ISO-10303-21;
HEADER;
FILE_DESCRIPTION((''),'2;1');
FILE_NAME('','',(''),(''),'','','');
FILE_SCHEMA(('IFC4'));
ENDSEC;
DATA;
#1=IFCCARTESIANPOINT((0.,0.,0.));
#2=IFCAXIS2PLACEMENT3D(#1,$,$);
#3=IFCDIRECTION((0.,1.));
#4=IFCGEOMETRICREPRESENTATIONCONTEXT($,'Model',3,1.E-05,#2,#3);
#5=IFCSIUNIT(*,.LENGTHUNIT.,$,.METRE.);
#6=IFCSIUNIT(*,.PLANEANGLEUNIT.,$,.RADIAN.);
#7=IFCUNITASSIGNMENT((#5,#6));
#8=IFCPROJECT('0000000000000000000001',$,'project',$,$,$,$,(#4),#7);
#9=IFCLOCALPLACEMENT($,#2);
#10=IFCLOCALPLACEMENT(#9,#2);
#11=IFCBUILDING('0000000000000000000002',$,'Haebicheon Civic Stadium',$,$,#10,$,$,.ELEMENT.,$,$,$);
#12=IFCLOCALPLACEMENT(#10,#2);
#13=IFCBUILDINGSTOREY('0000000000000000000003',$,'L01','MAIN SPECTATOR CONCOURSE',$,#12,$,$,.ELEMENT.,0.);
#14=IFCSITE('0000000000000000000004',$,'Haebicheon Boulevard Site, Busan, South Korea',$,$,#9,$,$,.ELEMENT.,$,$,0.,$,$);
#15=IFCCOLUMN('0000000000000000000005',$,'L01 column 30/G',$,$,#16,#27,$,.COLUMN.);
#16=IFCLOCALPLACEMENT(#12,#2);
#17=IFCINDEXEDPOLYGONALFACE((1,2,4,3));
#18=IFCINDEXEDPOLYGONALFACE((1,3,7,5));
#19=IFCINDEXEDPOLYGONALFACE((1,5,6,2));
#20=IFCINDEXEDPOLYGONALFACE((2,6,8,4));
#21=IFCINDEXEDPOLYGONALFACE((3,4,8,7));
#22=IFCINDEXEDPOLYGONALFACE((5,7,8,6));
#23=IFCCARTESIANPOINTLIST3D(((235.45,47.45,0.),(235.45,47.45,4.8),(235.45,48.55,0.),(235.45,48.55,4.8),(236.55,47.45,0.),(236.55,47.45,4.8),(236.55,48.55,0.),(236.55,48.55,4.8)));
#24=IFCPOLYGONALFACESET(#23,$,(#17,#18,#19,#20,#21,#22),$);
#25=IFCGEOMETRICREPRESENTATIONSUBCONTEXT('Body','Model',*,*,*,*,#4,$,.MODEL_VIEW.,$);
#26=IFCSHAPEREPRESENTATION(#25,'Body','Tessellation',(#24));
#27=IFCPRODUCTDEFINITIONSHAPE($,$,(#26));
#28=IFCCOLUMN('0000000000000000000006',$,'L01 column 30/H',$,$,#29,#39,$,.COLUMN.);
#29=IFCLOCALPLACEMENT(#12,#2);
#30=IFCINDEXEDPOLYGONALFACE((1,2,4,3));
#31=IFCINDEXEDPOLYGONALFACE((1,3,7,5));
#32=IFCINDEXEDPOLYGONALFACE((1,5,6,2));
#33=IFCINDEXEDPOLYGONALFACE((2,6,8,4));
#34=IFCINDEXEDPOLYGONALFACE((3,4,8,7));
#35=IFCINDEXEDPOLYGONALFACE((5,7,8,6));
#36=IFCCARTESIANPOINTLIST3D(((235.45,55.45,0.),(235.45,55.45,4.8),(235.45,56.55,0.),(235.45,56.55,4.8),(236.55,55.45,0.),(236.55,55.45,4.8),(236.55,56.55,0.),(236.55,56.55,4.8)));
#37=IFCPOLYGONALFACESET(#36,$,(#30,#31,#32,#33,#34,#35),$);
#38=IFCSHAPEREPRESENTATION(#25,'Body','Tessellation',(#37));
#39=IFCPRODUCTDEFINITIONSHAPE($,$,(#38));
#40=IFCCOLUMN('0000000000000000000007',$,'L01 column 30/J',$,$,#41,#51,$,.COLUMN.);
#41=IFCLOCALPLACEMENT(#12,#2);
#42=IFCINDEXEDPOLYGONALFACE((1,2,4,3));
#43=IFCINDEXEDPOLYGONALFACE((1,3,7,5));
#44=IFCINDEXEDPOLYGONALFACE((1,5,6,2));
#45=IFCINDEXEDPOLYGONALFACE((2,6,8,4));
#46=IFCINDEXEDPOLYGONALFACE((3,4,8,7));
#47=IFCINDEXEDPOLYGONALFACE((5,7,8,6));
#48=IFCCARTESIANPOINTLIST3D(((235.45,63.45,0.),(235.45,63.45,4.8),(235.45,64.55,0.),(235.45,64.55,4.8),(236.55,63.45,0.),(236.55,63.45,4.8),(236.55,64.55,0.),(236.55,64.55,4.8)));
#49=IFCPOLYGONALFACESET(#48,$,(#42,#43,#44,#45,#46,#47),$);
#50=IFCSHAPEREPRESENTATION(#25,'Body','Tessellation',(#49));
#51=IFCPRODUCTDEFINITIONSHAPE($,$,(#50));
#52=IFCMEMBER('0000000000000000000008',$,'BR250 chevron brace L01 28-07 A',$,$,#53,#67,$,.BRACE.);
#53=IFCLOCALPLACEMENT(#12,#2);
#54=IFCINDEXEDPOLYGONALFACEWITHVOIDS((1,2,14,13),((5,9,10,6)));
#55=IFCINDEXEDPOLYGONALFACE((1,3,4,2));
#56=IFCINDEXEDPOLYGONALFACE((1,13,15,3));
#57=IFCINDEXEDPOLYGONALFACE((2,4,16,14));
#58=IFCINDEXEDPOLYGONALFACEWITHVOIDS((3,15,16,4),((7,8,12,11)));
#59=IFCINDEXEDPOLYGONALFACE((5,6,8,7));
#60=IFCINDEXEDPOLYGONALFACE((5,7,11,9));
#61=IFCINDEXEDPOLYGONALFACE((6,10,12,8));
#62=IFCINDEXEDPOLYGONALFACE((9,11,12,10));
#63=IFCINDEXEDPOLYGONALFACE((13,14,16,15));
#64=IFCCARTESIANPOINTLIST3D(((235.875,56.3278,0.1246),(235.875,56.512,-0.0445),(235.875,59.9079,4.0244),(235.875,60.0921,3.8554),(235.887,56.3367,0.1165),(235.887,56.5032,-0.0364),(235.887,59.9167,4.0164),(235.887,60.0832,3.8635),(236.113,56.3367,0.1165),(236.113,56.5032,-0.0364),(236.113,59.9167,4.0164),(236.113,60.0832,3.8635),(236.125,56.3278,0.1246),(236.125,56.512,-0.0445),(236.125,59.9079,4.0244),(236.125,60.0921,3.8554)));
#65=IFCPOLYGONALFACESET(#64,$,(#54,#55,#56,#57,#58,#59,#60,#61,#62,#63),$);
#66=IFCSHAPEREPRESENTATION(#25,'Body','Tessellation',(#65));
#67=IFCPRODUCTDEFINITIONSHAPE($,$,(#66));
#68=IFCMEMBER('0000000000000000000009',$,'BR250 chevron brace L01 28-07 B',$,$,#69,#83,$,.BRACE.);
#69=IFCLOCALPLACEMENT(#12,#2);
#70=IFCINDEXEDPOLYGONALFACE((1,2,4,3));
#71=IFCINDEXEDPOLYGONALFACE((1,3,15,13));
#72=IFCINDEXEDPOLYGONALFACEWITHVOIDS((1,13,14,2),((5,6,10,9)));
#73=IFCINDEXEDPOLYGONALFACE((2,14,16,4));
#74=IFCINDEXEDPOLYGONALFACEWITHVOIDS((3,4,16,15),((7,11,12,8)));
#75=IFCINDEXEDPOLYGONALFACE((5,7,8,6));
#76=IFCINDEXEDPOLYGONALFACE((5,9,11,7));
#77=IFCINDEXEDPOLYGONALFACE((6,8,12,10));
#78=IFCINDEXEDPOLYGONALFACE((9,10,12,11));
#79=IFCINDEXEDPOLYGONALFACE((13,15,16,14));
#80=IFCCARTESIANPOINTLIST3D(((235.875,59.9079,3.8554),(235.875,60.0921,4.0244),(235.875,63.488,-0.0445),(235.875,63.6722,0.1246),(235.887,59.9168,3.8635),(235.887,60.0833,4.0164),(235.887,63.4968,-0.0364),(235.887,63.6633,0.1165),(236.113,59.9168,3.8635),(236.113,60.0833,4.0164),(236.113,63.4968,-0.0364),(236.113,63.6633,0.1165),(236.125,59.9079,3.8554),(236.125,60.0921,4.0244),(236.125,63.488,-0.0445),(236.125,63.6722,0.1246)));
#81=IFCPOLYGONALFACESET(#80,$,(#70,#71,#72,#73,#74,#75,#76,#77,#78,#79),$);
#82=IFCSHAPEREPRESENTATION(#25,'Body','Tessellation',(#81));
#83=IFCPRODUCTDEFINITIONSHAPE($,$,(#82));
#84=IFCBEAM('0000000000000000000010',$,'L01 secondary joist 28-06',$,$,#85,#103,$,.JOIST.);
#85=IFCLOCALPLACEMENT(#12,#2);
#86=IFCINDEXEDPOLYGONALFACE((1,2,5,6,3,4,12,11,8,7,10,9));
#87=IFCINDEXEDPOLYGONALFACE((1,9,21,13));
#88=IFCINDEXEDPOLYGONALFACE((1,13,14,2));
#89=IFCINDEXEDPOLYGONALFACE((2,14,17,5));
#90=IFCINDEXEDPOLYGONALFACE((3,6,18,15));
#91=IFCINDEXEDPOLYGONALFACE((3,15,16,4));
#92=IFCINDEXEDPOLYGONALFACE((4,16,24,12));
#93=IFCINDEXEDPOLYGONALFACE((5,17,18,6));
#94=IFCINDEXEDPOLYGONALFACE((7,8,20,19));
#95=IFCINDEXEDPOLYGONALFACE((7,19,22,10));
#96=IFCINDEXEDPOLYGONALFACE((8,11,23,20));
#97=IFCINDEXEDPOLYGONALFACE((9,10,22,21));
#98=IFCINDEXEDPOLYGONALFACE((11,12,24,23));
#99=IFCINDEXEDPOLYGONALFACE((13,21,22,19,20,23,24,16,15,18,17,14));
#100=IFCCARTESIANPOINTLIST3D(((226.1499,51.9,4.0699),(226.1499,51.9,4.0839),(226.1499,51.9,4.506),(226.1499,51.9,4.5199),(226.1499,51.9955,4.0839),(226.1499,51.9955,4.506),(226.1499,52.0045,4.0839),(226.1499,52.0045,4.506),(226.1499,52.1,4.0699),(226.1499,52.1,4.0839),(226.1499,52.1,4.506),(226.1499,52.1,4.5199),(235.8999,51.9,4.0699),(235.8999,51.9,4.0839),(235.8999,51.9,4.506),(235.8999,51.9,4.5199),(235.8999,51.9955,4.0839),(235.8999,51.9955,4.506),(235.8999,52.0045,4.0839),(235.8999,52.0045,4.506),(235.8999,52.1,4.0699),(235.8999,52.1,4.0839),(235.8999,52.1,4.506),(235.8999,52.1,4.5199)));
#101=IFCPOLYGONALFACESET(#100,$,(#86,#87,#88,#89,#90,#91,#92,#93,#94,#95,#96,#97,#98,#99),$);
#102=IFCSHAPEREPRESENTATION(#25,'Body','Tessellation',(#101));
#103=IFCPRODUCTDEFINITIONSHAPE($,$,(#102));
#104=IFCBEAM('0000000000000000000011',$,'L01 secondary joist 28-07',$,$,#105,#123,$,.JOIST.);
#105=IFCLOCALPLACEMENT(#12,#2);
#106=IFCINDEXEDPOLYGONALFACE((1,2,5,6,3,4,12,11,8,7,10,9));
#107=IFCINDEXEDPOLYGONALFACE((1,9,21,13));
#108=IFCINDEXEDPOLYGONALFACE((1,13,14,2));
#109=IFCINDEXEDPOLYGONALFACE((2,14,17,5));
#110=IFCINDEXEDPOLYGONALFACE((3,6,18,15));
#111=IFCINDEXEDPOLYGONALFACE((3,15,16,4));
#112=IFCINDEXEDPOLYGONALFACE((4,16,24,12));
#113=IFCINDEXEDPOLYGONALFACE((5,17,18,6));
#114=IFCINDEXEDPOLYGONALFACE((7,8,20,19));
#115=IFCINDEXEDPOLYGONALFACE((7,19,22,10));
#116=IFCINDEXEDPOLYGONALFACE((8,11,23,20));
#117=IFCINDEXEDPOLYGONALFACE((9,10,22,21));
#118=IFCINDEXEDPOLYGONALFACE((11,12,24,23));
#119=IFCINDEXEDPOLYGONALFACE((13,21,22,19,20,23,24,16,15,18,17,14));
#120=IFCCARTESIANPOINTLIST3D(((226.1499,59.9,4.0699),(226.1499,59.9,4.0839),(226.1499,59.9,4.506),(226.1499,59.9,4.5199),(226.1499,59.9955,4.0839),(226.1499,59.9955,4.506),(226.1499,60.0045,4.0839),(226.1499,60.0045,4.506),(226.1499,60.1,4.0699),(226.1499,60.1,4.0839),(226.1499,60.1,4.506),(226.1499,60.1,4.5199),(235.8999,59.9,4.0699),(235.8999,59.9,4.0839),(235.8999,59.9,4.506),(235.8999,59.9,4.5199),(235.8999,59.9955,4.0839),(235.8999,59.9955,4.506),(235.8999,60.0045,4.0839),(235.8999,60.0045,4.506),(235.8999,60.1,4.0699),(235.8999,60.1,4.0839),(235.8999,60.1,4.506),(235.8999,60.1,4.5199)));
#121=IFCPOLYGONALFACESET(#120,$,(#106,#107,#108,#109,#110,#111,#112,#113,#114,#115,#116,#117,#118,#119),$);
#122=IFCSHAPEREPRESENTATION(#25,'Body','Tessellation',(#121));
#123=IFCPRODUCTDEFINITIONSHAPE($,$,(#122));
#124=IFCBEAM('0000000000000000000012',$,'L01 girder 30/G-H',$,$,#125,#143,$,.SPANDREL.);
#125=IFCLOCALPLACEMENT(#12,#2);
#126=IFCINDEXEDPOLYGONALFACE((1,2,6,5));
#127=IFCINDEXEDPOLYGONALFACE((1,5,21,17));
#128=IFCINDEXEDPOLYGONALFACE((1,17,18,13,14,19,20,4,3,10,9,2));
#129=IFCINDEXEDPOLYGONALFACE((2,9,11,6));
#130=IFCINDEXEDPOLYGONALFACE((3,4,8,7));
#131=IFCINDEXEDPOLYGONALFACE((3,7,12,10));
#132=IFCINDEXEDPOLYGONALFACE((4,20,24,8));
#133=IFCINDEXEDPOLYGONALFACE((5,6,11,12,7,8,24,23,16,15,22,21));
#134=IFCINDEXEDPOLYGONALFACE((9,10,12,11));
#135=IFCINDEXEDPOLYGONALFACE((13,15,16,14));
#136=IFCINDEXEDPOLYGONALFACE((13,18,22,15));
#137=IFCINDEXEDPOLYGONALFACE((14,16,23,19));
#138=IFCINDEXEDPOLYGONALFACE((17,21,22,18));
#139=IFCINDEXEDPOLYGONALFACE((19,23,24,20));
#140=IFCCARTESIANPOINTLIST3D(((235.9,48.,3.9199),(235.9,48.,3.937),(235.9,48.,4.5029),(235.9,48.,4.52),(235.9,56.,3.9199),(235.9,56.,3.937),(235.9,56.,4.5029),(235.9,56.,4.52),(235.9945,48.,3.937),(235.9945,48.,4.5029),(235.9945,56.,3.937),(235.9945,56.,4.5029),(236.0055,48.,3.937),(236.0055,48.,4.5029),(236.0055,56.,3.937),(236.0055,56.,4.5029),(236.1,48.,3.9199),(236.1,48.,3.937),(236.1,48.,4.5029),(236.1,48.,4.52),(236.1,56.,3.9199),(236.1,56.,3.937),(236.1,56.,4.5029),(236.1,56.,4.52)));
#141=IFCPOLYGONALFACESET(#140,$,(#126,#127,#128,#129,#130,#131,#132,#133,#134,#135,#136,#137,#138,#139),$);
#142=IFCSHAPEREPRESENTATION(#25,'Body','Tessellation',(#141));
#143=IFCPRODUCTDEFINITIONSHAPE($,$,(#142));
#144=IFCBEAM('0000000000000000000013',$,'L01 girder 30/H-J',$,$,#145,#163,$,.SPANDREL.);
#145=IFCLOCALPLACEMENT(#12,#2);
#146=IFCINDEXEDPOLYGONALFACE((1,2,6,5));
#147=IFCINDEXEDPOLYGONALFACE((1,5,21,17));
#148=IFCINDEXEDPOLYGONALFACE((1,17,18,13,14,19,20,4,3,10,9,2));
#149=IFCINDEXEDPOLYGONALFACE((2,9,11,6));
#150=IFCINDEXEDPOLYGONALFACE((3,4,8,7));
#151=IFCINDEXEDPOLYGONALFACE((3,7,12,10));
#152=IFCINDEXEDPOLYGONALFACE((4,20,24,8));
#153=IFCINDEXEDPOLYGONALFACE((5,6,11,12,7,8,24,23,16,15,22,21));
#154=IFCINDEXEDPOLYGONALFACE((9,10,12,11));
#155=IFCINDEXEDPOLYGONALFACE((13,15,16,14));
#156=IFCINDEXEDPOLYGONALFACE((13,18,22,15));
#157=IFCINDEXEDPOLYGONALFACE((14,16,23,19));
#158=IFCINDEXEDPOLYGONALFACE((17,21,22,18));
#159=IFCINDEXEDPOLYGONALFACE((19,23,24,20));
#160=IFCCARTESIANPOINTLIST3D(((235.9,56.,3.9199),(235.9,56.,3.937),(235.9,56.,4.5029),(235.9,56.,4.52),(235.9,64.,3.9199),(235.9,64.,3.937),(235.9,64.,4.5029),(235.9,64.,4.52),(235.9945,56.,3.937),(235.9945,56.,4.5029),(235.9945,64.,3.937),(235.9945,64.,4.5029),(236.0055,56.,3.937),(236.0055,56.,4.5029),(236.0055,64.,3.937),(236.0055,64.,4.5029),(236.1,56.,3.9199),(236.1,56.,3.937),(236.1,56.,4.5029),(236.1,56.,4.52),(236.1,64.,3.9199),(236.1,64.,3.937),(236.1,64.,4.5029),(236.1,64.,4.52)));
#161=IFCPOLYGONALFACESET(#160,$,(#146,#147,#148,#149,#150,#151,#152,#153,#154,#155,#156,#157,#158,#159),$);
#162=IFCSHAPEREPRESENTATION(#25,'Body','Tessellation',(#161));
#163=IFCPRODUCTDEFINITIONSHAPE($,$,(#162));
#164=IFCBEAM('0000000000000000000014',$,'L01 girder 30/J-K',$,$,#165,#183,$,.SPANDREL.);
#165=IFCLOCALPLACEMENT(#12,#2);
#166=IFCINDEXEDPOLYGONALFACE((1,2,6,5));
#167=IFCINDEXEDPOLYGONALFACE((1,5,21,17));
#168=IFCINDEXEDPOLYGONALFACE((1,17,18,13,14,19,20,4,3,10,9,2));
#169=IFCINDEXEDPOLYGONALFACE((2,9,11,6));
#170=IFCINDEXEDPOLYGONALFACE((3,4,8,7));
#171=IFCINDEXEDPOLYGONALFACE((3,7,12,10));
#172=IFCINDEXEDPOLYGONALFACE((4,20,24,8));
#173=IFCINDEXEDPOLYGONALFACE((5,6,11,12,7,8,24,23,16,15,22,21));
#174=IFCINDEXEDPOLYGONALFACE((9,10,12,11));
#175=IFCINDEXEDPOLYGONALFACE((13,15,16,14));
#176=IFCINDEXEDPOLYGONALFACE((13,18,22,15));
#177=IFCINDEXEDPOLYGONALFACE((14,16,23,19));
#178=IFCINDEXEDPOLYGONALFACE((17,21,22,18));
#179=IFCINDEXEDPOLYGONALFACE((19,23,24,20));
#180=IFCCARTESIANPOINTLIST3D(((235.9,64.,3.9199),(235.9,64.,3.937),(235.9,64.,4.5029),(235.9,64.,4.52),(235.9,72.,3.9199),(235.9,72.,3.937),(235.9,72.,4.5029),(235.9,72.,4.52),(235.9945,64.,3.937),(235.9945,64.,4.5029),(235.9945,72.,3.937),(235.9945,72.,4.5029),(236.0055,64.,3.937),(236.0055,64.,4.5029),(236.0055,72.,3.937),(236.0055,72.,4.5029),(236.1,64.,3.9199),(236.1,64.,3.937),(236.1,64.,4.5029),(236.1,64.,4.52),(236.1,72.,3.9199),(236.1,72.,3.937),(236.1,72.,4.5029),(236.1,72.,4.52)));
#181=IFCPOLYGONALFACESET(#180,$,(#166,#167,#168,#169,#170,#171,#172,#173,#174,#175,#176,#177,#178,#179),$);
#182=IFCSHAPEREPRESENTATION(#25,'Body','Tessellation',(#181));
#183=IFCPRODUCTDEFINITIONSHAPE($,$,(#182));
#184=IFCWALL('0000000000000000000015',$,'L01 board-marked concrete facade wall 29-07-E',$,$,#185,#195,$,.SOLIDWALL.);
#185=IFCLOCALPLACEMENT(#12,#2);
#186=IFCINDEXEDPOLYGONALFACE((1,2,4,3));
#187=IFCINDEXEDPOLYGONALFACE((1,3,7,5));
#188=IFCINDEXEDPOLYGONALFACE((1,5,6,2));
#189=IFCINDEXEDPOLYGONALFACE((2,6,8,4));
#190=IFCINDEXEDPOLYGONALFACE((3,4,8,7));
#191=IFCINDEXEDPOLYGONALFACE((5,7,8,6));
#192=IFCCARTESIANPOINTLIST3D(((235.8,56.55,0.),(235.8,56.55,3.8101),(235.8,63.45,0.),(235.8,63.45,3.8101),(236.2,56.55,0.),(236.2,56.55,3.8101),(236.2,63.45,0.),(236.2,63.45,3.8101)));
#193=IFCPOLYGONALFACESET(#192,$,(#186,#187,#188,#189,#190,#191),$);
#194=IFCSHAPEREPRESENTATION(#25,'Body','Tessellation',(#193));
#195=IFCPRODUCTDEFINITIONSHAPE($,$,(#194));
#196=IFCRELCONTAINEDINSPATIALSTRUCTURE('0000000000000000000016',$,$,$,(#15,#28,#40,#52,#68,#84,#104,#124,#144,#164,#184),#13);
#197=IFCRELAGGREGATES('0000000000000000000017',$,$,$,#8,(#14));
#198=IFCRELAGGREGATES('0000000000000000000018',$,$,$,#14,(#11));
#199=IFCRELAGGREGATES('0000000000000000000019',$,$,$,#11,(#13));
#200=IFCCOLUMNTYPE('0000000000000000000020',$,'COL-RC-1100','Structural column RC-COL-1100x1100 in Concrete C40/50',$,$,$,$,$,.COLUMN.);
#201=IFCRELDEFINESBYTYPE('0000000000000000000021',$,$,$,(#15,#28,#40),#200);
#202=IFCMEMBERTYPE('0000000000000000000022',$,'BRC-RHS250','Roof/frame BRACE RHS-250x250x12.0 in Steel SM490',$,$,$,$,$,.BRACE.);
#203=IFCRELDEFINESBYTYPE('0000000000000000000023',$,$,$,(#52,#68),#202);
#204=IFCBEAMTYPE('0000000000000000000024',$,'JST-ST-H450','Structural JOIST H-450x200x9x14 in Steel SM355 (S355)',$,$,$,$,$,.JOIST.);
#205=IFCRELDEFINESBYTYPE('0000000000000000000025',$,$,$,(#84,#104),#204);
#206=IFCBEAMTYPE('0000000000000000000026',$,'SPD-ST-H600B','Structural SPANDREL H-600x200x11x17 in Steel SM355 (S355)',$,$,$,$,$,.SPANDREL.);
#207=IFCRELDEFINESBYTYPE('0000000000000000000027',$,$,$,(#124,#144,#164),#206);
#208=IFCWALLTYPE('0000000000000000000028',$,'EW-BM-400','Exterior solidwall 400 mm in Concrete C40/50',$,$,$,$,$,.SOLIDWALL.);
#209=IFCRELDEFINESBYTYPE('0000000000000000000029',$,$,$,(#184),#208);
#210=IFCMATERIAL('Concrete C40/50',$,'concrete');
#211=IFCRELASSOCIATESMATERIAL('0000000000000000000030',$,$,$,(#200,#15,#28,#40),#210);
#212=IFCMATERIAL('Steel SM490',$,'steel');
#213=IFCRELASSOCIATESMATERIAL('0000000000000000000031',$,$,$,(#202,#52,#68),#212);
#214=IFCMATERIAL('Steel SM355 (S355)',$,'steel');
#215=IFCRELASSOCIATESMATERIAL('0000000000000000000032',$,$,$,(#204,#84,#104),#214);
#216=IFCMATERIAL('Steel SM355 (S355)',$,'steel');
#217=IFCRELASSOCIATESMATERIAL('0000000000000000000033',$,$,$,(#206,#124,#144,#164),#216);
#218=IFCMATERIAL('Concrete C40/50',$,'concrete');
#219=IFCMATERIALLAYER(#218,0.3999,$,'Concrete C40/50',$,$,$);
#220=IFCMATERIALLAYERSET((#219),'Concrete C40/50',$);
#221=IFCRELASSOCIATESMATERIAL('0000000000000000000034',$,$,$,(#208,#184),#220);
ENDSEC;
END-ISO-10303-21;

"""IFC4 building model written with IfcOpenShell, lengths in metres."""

from ifc_helpers import new_model, si_unit, direction, frame, frame_2d, origin, origin_2d, place, context, subcontext, project, spatial, rectangle, hollow_rectangle, i_section, extrude, material, layer, layer_set, material_profile, profile_set, type_object, element, save


model = new_model("IFC4")

# Units and contexts
model_context = context("Model", 3, precision=1e-05, world=origin(), true_north=direction((0.0, 1.0)))
body_context = subcontext(model_context, "Body", "Model", "MODEL_VIEW")
ifc_project = project(units=[si_unit("LENGTHUNIT", "METRE"), si_unit("PLANEANGLEUNIT", "RADIAN")], contexts=[model_context])

# Site, building, storey
site_placement = place(None, origin())
site = spatial("IfcSite", under=ifc_project, at=site_placement, Name="Haebicheon Boulevard Site, Busan, South Korea", CompositionType="ELEMENT", RefElevation=0.0)
building_placement = place(site_placement, origin())
building = spatial("IfcBuilding", under=site, at=building_placement, Name="Haebicheon Civic Stadium", CompositionType="ELEMENT")
storey_placement = place(building_placement, origin())
storey = spatial("IfcBuildingStorey", under=building, at=storey_placement, Name="L01", Description="MAIN SPECTATOR CONCOURSE", CompositionType="ELEMENT", Elevation=0.0)

# Columns
ifc_material_1 = material(Name="Concrete C40/50", Category="concrete")
ifc_material_profile_1 = material_profile(ifc_material_1, rectangle(XDim=1.1001, YDim=1.1001, at=origin_2d()), Name="RC-COL-1100x1100")
ifc_profile_set_1 = profile_set([ifc_material_profile_1], Name="Concrete C40/50")
column_type = type_object("IfcColumnType", Name="COL-RC-1100", Description="Structural column RC-COL-1100x1100 in Concrete C40/50", PredefinedType="COLUMN", material=ifc_profile_set_1)
for number, where, z_axis, x_axis, name in (
    (1, (236.0, 48.0, 0.0), (0.0, 0.0, 1.0), (1.0, 0.0, 0.0), "L01 column 30/G"),
    (2, (236.0, 56.0, 0.0), (0.0, 0.0, 1.0), (1.0, 0.0, 0.0), "L01 column 30/H"),
    (3, (236.0, 64.0, 0.0), (0.0, 0.0, 1.0), (1.0, 0.0, 0.0), "L01 column 30/J"),
):
    element("IfcColumn", number, at=place(storey_placement, frame(where, z_axis=z_axis, x_axis=x_axis)), inside=storey, type_object=column_type, material=ifc_profile_set_1, Name=name, PredefinedType="COLUMN", context=body_context, shape_type="SweptSolid", body=[
        extrude(rectangle(XDim=1.1001, YDim=1.1001, at=origin_2d()), origin(), (0.0, 0.0, 1.0), 4.8),
    ])

# Members
ifc_material_2 = material(Name="Steel SM490", Category="steel")
ifc_material_profile_2 = material_profile(ifc_material_2, hollow_rectangle(XDim=0.25, YDim=0.25, WallThickness=0.012, at=origin_2d()), Name="RHS-250x250x12.0")
ifc_profile_set_2 = profile_set([ifc_material_profile_2], Name="Steel SM490")
member_type = type_object("IfcMemberType", Name="BRC-RHS250", Description="Roof/frame BRACE RHS-250x250x12.0 in Steel SM490", PredefinedType="BRACE", material=ifc_profile_set_2)
for number, where, z_axis, x_axis, name in (
    (4, (236.0, 56.4199, 0.04), (0.0, 0.676255, 0.736668), (-1.0, 0.0, 0.0), "BR250 chevron brace L01 28-07 A"),
    (5, (236.0, 63.5801, 0.04), (0.0, -0.676255, 0.736668), (1.0, 0.0, 0.0), "BR250 chevron brace L01 28-07 B"),
):
    element("IfcMember", number, at=place(storey_placement, frame(where, z_axis=z_axis, x_axis=x_axis)), inside=storey, type_object=member_type, material=ifc_profile_set_2, Name=name, PredefinedType="BRACE", context=body_context, shape_type="SweptSolid", body=[
        extrude(hollow_rectangle(XDim=0.25, YDim=0.25, WallThickness=0.012, at=origin_2d()), origin(), (0.0, 0.0, 1.0), 5.2939),
    ])

# Beams
ifc_material_3 = material(Name="Steel SM355 (S355)", Category="steel")
ifc_material_profile_3 = material_profile(ifc_material_3, i_section(OverallWidth=0.2, OverallDepth=0.45, WebThickness=0.009, FlangeThickness=0.0139, at=origin_2d()), Name="H-450x200x9x14")
ifc_profile_set_3 = profile_set([ifc_material_profile_3], Name="Steel SM355 (S355)")
beam_type_1 = type_object("IfcBeamType", Name="JST-ST-H450", Description="Structural JOIST H-450x200x9x14 in Steel SM355 (S355)", PredefinedType="JOIST", material=ifc_profile_set_3)
for number, where, z_axis, x_axis, name in (
    (6, (226.1499, 52.0, 4.2949), (1.0, 0.0, 0.0), (0.0, 1.0, 0.0), "L01 secondary joist 28-06"),
    (7, (226.1499, 60.0, 4.2949), (1.0, 0.0, 0.0), (0.0, 1.0, 0.0), "L01 secondary joist 28-07"),
):
    element("IfcBeam", number, at=place(storey_placement, frame(where, z_axis=z_axis, x_axis=x_axis)), inside=storey, type_object=beam_type_1, material=ifc_profile_set_3, Name=name, PredefinedType="JOIST", context=body_context, shape_type="SweptSolid", body=[
        extrude(i_section(OverallWidth=0.2, OverallDepth=0.45, WebThickness=0.009, FlangeThickness=0.0139, at=origin_2d()), origin(), (0.0, 0.0, 1.0), 9.75),
    ])
ifc_material_4 = material(Name="Steel SM355 (S355)", Category="steel")
ifc_material_profile_4 = material_profile(ifc_material_4, i_section(OverallWidth=0.2, OverallDepth=0.6001, WebThickness=0.011, FlangeThickness=0.0171, at=origin_2d()), Name="H-600x200x11x17")
ifc_profile_set_4 = profile_set([ifc_material_profile_4], Name="Steel SM355 (S355)")
beam_type_2 = type_object("IfcBeamType", Name="SPD-ST-H600B", Description="Structural SPANDREL H-600x200x11x17 in Steel SM355 (S355)", PredefinedType="SPANDREL", material=ifc_profile_set_4)
for number, where, z_axis, x_axis, name in (
    (8, (236.0, 48.0, 4.22), (0.0, 1.0, 0.0), (-1.0, 0.0, 0.0), "L01 girder 30/G-H"),
    (9, (236.0, 56.0, 4.22), (0.0, 1.0, 0.0), (-1.0, 0.0, 0.0), "L01 girder 30/H-J"),
    (10, (236.0, 64.0, 4.22), (0.0, 1.0, 0.0), (-1.0, 0.0, 0.0), "L01 girder 30/J-K"),
):
    element("IfcBeam", number, at=place(storey_placement, frame(where, z_axis=z_axis, x_axis=x_axis)), inside=storey, type_object=beam_type_2, material=ifc_profile_set_4, Name=name, PredefinedType="SPANDREL", context=body_context, shape_type="SweptSolid", body=[
        extrude(i_section(OverallWidth=0.2, OverallDepth=0.6001, WebThickness=0.011, FlangeThickness=0.0171, at=origin_2d()), origin(), (0.0, 0.0, 1.0), 8.0),
    ])

# Shared definitions
ifc_material_5 = material(Name="Concrete C40/50", Category="concrete")
ifc_layer_1 = layer(ifc_material_5, 0.3999, Name="Concrete C40/50")
ifc_layer_set_1 = layer_set([ifc_layer_1], Name="Concrete C40/50")
wall_type_1 = type_object("IfcWallType", Name="EW-BM-400", Description="Exterior solidwall 400 mm in Concrete C40/50", PredefinedType="SOLIDWALL", material=ifc_layer_set_1)

# Wall
wall_1_placement = place(storey_placement, frame((236.0, 56.55, 0.0), z_axis=(0.0, 0.0, 1.0), x_axis=(0.0, 1.0, 0.0)))
element("IfcWall", 11, at=wall_1_placement, inside=storey, type_object=wall_type_1, material=ifc_layer_set_1, Name="L01 board-marked concrete facade wall 29-07-E", PredefinedType="SOLIDWALL", context=body_context, shape_type="SweptSolid", body=[
    extrude(rectangle(XDim=6.8999, YDim=0.3999, at=frame_2d((3.45, 0.0))), origin(), (0.0, 0.0, 1.0), 3.8101),
])

save(model, "model.ifc")
